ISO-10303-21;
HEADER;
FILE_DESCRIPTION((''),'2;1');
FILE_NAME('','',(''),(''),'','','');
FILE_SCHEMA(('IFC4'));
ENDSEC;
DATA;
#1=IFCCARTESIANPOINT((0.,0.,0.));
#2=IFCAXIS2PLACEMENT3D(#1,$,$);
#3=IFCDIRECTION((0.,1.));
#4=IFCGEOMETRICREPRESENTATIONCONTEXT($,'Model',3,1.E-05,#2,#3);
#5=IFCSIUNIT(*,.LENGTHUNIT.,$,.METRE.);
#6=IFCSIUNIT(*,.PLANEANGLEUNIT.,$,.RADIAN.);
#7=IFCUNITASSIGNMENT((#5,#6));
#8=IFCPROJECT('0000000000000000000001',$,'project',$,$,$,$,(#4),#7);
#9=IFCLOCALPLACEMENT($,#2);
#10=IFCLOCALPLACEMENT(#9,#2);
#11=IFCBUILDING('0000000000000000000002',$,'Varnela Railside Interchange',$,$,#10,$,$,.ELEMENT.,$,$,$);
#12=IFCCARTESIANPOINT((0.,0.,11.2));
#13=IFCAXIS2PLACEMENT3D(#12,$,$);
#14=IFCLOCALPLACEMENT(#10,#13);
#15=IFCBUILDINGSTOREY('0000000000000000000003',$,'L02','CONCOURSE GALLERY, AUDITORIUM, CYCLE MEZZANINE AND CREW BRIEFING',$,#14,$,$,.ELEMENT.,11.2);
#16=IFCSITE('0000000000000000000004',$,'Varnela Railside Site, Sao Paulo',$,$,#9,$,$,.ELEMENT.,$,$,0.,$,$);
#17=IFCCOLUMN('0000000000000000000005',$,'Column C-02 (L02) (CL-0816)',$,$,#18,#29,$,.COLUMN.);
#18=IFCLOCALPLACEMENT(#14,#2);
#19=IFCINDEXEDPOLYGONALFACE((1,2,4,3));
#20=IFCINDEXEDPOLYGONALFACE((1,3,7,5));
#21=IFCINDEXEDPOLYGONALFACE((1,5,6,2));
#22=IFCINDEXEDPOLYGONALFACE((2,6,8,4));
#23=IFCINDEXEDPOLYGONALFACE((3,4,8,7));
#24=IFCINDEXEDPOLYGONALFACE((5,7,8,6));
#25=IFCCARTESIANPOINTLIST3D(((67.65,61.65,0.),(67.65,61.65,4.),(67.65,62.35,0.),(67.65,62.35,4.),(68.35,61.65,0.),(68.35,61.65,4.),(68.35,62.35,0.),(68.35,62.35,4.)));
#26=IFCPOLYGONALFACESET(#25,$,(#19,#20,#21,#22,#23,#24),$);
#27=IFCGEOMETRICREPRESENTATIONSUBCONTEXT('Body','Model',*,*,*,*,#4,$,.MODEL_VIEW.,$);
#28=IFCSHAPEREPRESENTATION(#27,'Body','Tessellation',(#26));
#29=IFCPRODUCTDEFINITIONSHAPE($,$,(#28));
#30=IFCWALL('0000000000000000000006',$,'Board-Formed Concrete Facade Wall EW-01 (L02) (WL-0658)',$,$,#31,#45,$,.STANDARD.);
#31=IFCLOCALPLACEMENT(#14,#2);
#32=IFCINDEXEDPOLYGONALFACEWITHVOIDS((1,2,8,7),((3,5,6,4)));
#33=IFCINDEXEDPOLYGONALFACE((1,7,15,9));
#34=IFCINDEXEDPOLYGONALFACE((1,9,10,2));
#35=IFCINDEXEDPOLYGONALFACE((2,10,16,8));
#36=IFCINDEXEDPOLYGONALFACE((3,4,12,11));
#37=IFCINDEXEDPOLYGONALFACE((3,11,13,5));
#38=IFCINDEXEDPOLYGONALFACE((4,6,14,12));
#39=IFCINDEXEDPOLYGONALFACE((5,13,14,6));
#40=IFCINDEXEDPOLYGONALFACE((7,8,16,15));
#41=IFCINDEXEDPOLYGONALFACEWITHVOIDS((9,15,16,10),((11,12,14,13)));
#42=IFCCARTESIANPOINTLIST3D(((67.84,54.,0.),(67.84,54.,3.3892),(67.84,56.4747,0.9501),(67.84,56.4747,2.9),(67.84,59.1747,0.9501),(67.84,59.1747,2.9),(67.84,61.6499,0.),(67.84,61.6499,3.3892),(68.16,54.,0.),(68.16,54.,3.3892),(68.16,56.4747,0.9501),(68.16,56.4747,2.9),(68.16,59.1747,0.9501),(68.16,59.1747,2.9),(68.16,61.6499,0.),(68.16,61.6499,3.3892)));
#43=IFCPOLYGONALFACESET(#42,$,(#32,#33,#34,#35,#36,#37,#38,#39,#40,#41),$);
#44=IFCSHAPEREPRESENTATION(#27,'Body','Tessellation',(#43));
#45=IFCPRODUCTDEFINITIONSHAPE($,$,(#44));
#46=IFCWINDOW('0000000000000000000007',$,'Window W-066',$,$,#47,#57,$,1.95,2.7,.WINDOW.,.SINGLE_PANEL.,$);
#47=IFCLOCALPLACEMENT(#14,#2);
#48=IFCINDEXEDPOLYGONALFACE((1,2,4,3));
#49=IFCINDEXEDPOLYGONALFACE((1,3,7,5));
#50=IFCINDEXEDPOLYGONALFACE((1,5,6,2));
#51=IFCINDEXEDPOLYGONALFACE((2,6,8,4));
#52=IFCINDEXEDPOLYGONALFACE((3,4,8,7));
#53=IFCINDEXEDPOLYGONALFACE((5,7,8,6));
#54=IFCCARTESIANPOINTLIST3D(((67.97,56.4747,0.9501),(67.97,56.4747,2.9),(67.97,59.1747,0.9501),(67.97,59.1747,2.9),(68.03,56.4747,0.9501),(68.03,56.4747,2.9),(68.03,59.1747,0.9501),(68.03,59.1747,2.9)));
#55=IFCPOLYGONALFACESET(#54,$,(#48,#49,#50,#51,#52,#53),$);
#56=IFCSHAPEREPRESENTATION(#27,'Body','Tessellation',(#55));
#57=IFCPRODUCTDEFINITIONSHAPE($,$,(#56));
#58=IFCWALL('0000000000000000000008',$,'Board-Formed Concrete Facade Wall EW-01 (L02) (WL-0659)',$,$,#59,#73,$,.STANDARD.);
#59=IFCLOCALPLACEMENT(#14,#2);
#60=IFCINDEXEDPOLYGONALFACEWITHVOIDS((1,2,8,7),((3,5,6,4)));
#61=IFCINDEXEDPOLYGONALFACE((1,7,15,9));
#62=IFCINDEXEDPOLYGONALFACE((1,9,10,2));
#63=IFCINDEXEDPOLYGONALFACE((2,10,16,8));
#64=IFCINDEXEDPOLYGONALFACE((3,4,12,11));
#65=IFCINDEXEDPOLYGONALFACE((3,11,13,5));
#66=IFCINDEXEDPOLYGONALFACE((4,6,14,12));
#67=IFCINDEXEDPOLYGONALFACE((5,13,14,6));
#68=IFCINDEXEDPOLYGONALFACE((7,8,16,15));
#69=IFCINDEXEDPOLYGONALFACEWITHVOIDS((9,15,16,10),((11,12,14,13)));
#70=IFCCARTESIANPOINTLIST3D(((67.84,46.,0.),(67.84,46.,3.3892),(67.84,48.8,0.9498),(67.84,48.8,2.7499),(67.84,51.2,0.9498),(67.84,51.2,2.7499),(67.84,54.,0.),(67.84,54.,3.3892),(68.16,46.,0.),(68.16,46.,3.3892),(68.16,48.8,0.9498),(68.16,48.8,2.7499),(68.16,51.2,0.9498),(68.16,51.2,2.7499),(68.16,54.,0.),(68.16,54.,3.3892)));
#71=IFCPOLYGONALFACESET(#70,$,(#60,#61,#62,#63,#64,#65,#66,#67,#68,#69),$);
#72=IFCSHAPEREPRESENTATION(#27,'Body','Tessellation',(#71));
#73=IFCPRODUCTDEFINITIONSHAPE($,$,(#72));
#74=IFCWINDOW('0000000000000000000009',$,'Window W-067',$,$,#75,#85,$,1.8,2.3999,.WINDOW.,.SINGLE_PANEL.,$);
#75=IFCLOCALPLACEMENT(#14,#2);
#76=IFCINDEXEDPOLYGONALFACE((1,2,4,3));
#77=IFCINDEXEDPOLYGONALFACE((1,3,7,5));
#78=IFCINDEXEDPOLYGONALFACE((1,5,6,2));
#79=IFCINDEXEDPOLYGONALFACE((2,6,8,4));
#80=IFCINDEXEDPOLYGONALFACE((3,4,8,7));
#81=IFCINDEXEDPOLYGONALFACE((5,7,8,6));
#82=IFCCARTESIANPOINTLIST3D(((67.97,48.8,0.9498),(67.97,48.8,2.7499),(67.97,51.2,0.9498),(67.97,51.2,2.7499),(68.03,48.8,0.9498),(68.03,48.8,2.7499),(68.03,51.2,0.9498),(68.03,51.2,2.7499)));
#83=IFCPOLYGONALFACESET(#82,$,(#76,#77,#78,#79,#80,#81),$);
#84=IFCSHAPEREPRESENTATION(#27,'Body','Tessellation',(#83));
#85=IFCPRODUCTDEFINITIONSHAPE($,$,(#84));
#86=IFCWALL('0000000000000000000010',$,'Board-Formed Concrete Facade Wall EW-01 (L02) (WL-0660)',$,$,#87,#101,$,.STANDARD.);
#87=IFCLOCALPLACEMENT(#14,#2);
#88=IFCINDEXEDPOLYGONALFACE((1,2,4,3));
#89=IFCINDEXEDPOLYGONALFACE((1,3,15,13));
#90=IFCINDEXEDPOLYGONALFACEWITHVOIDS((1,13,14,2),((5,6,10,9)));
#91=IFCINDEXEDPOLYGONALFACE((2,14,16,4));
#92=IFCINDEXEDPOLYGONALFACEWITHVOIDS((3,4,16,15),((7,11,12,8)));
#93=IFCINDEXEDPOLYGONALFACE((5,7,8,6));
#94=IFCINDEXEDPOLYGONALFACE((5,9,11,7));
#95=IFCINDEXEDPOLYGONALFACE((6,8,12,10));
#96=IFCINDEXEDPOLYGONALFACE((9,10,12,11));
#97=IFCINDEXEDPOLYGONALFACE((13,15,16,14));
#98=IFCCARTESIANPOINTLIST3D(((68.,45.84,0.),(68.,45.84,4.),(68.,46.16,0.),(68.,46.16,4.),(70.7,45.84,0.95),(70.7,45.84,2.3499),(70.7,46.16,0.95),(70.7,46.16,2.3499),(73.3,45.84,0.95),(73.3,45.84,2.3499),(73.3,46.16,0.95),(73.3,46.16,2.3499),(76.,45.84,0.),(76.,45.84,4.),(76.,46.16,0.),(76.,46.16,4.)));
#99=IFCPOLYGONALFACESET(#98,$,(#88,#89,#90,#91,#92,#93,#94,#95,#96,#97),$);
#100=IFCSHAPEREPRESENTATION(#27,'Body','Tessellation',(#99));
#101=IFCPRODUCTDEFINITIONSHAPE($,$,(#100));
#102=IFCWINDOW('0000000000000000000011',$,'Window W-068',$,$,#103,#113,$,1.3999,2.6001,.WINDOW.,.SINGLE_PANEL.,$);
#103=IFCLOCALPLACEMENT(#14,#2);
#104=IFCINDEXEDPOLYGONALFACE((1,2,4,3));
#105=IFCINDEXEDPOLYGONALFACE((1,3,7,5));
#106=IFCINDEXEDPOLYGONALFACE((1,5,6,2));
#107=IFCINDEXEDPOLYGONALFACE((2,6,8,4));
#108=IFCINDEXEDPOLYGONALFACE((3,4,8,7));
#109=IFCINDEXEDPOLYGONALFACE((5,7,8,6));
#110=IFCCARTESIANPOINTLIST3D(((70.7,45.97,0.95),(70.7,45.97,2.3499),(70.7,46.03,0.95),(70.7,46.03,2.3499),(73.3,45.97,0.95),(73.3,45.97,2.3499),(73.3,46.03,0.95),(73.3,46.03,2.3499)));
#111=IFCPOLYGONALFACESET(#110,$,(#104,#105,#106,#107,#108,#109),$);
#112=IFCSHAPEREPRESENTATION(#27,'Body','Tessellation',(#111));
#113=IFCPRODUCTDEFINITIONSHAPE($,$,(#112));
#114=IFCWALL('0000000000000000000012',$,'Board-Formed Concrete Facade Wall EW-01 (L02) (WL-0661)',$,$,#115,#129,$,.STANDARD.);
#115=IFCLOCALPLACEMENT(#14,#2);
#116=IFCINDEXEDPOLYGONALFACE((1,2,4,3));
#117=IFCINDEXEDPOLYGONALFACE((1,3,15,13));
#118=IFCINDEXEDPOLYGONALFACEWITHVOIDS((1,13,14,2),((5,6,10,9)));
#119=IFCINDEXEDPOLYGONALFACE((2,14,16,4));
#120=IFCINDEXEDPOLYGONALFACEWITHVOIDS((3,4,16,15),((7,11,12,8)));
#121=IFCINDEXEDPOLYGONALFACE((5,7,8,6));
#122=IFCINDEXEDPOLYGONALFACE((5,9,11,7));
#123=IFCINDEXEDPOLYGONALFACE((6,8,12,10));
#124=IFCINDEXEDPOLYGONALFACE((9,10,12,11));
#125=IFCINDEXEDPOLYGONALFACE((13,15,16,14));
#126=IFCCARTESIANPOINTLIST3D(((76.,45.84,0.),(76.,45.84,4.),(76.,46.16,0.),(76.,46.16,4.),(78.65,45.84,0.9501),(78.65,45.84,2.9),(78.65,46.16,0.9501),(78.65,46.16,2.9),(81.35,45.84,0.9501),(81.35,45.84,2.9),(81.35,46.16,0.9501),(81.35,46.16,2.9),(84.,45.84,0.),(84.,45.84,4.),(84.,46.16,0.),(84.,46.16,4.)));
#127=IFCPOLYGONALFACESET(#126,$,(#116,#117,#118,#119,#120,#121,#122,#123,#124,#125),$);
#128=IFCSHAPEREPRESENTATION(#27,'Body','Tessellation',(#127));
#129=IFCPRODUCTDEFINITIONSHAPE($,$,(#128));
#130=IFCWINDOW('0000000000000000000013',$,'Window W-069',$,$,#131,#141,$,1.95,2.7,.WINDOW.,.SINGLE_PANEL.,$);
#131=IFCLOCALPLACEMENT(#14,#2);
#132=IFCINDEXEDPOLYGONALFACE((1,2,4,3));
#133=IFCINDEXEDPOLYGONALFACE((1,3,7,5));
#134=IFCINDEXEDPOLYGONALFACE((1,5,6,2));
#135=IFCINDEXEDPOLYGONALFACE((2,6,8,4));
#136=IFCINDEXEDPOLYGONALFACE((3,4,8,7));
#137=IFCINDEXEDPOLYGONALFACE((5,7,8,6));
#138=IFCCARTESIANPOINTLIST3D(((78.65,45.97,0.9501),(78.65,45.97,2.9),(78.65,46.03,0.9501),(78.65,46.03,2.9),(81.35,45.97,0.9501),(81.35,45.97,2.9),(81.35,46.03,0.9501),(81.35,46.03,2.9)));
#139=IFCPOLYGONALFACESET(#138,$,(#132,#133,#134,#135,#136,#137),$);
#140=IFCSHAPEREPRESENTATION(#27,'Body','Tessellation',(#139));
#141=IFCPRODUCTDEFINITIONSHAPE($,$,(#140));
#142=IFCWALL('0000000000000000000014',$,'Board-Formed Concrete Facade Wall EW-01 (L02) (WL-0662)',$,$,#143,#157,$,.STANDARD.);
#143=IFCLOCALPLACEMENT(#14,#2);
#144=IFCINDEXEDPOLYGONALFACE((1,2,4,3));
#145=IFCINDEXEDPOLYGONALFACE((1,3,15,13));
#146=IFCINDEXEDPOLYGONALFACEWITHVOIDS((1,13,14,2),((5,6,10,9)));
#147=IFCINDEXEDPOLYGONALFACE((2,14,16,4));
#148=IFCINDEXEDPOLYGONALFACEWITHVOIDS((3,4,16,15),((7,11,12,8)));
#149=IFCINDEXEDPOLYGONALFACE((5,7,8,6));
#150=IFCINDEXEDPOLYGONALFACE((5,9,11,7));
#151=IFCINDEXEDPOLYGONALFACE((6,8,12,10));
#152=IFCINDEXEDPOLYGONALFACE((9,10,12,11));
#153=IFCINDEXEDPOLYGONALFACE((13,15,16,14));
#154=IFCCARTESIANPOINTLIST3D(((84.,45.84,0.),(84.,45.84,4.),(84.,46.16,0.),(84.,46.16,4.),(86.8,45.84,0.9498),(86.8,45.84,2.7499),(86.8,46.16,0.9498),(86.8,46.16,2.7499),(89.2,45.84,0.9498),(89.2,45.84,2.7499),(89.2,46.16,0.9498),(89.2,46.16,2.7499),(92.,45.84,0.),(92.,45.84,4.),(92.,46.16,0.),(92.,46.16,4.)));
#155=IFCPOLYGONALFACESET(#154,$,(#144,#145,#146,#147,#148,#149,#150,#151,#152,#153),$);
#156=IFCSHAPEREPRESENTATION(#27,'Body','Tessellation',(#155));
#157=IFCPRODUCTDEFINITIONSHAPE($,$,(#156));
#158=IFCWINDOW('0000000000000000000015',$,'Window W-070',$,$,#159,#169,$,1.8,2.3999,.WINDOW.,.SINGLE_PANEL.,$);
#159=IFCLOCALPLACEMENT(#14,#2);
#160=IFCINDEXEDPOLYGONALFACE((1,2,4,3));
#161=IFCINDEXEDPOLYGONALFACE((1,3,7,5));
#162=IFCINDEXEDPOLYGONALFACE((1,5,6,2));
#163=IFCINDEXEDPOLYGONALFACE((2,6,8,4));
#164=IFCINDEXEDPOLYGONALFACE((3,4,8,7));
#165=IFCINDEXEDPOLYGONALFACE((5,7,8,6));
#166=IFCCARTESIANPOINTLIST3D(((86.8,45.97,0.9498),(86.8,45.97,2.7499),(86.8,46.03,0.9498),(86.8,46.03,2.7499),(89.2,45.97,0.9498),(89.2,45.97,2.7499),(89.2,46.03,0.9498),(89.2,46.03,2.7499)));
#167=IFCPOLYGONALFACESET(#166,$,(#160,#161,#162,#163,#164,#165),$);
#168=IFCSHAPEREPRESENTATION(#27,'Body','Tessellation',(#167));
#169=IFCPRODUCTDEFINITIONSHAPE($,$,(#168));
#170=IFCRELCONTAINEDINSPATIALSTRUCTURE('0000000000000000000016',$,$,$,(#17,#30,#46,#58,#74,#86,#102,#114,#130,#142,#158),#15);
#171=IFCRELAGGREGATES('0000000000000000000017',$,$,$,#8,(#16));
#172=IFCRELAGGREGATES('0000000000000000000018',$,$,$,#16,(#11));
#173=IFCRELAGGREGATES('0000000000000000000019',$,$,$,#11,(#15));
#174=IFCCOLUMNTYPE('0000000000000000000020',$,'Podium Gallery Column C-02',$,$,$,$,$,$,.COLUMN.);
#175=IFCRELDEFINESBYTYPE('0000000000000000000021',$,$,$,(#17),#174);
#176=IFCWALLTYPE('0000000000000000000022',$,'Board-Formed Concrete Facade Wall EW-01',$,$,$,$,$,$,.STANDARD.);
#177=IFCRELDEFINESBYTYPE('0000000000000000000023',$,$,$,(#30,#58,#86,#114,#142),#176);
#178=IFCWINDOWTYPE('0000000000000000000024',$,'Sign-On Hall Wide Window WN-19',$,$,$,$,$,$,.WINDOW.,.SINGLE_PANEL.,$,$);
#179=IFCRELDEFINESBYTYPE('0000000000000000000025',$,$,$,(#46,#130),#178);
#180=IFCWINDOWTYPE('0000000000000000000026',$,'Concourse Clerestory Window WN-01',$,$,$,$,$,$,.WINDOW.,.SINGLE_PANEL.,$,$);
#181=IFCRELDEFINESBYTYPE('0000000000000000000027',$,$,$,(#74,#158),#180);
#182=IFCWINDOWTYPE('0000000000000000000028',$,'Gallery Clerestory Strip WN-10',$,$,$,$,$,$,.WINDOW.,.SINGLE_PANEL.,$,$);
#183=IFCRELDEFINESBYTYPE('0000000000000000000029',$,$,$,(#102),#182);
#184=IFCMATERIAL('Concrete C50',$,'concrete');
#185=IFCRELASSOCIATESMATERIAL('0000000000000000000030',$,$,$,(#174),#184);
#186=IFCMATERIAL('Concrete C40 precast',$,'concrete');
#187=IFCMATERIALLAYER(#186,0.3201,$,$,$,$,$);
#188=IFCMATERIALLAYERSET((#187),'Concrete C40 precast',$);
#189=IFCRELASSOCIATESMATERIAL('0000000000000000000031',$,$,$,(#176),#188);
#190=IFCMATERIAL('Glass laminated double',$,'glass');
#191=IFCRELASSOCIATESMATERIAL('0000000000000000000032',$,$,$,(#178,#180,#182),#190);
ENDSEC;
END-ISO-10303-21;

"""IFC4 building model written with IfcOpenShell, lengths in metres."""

from ifc_helpers import new_model, si_unit, direction, frame, frame_2d, origin, origin_2d, place, context, subcontext, project, spatial, rectangle, extrude, material, layer, layer_set, material_profile, profile_set, type_object, element, fill, save


model = new_model("IFC4")

# Units and contexts
model_context = context("Model", 3, precision=1e-05, world=origin(), true_north=direction((0.0, 1.0)))
body_context = subcontext(model_context, "Body", "Model", "MODEL_VIEW")
ifc_project = project(units=[si_unit("LENGTHUNIT", "METRE"), si_unit("PLANEANGLEUNIT", "RADIAN")], contexts=[model_context])

# Site, building, storey
site_placement = place(None, origin())
site = spatial("IfcSite", under=ifc_project, at=site_placement, Name="Varnela Railside Site, Sao Paulo", CompositionType="ELEMENT", RefElevation=0.0)
building_placement = place(site_placement, origin())
building = spatial("IfcBuilding", under=site, at=building_placement, Name="Varnela Railside Interchange", CompositionType="ELEMENT")
storey_placement = place(building_placement, frame((0.0, 0.0, 11.2)))
storey = spatial("IfcBuildingStorey", under=building, at=storey_placement, Name="L02", Description="CONCOURSE GALLERY, AUDITORIUM, CYCLE MEZZANINE AND CREW BRIEFING", CompositionType="ELEMENT", Elevation=11.2)

# Column
ifc_material_1 = material(Name="Concrete C50", Category="concrete")
ifc_material_profile = material_profile(ifc_material_1, rectangle(XDim=0.7, YDim=0.7, at=origin_2d()), Name="RC 700x700")
ifc_profile_set = profile_set([ifc_material_profile], Name="Concrete C50")
column_type = type_object("IfcColumnType", Name="Podium Gallery Column C-02", PredefinedType="COLUMN", material=ifc_profile_set)
column_placement = place(storey_placement, frame((68.0, 62.0, 0.0), z_axis=(0.0, 0.0, 1.0), x_axis=(1.0, 0.0, 0.0)))
element("IfcColumn", 1, at=column_placement, inside=storey, type_object=column_type, Name="Column C-02 (L02) (CL-0816)", PredefinedType="COLUMN", context=body_context, shape_type="SweptSolid", body=[
    extrude(rectangle(XDim=0.7, YDim=0.7, at=origin_2d()), origin(), (0.0, 0.0, 1.0), 4.0),
])

# Walls, openings, windows
ifc_material_2 = material(Name="Concrete C40 precast", Category="concrete")
ifc_layer_1 = layer(ifc_material_2, 0.3201)
ifc_layer_set_1 = layer_set([ifc_layer_1], Name="Concrete C40 precast")
wall_type_1 = type_object("IfcWallType", Name="Board-Formed Concrete Facade Wall EW-01", PredefinedType="STANDARD", material=ifc_layer_set_1)
wall_1_placement = place(storey_placement, frame((68.0, 61.6499, 0.0), z_axis=(0.0, 0.0, 1.0), x_axis=(0.0, -1.0, 0.0)))
wall_1 = element("IfcWall", 2, at=wall_1_placement, inside=storey, type_object=wall_type_1, Name="Board-Formed Concrete Facade Wall EW-01 (L02) (WL-0658)", PredefinedType="STANDARD", context=body_context, shape_type="SweptSolid", body=[
    extrude(rectangle(XDim=7.6499, YDim=0.3201, at=frame_2d((3.825, 0.0))), origin(), (0.0, 0.0, 1.0), 3.3892),
])
opening_1_placement = place(wall_1_placement, frame((2.4751, 0.0, 0.95)))
opening_1 = element("IfcOpeningElement", 3, at=opening_1_placement, cuts=wall_1, PredefinedType="OPENING", context=body_context, shape_type="SweptSolid", body=[
    extrude(rectangle(XDim=2.7, YDim=1.95, at=frame_2d((1.3501, 0.9751))), frame((0.0, 0.1699, 0.0), z_axis=(0.0, -1.0, 0.0), x_axis=(1.0, 0.0, 0.0)), (0.0, 0.0, 1.0), 0.3401),
])
ifc_material_3 = material(Name="Glass laminated double", Category="glass")
window_type_1 = type_object("IfcWindowType", Name="Sign-On Hall Wide Window WN-19", PartitioningType="SINGLE_PANEL", PredefinedType="WINDOW", material=ifc_material_3)
window_1_placement = place(opening_1_placement, origin())
window_1 = element("IfcWindow", 4, at=window_1_placement, inside=storey, type_object=window_type_1, Name="Window W-066", OverallHeight=1.95, OverallWidth=2.7, PartitioningType="SINGLE_PANEL", PredefinedType="WINDOW", context=body_context, shape_type="SweptSolid", body=[
    extrude(rectangle(XDim=2.7, YDim=1.95, at=frame_2d((1.3501, 0.9751))), frame((0.0, 0.03, 0.0), z_axis=(0.0, -1.0, 0.0), x_axis=(1.0, 0.0, 0.0)), (0.0, 0.0, 1.0), 0.0601),
])
fill(opening_1, window_1)
wall_2_placement = place(storey_placement, frame((68.0, 54.0, 0.0), z_axis=(0.0, 0.0, 1.0), x_axis=(0.0, -1.0, 0.0)))
wall_2 = element("IfcWall", 5, at=wall_2_placement, inside=storey, type_object=wall_type_1, Name="Board-Formed Concrete Facade Wall EW-01 (L02) (WL-0659)", PredefinedType="STANDARD", context=body_context, shape_type="SweptSolid", body=[
    extrude(rectangle(XDim=8.0, YDim=0.3201, at=frame_2d((4.0, 0.0))), origin(), (0.0, 0.0, 1.0), 3.3892),
])
opening_2_placement = place(wall_2_placement, frame((2.8, 0.0, 0.95)))
opening_2 = element("IfcOpeningElement", 6, at=opening_2_placement, cuts=wall_2, PredefinedType="OPENING", context=body_context, shape_type="SweptSolid", body=[
    extrude(rectangle(XDim=2.3999, YDim=1.8, at=frame_2d((1.2, 0.8999))), frame((0.0, 0.1699, 0.0), z_axis=(0.0, -1.0, 0.0), x_axis=(1.0, 0.0, 0.0)), (0.0, 0.0, 1.0), 0.3401),
])
window_type_2 = type_object("IfcWindowType", Name="Concourse Clerestory Window WN-01", PartitioningType="SINGLE_PANEL", PredefinedType="WINDOW", material=ifc_material_3)
window_2_placement = place(opening_2_placement, origin())
window_2 = element("IfcWindow", 7, at=window_2_placement, inside=storey, type_object=window_type_2, Name="Window W-067", OverallHeight=1.8, OverallWidth=2.3999, PartitioningType="SINGLE_PANEL", PredefinedType="WINDOW", context=body_context, shape_type="SweptSolid", body=[
    extrude(rectangle(XDim=2.3999, YDim=1.8, at=frame_2d((1.2, 0.8999))), frame((0.0, 0.03, 0.0), z_axis=(0.0, -1.0, 0.0), x_axis=(1.0, 0.0, 0.0)), (0.0, 0.0, 1.0), 0.0601),
])
fill(opening_2, window_2)
wall_3_placement = place(storey_placement, frame((68.0, 46.0, 0.0), z_axis=(0.0, 0.0, 1.0), x_axis=(1.0, 0.0, 0.0)))
wall_3 = element("IfcWall", 8, at=wall_3_placement, inside=storey, type_object=wall_type_1, Name="Board-Formed Concrete Facade Wall EW-01 (L02) (WL-0660)", PredefinedType="STANDARD", context=body_context, shape_type="SweptSolid", body=[
    extrude(rectangle(XDim=8.0, YDim=0.3201, at=frame_2d((4.0, 0.0))), origin(), (0.0, 0.0, 1.0), 4.0),
])
opening_3_placement = place(wall_3_placement, frame((2.7, 0.0, 0.95)))
opening_3 = element("IfcOpeningElement", 9, at=opening_3_placement, cuts=wall_3, PredefinedType="OPENING", context=body_context, shape_type="SweptSolid", body=[
    extrude(rectangle(XDim=2.6001, YDim=1.3999, at=frame_2d((1.3, 0.7))), frame((0.0, 0.1699, 0.0), z_axis=(0.0, -1.0, 0.0), x_axis=(1.0, 0.0, 0.0)), (0.0, 0.0, 1.0), 0.3401),
])
window_type_3 = type_object("IfcWindowType", Name="Gallery Clerestory Strip WN-10", PartitioningType="SINGLE_PANEL", PredefinedType="WINDOW", material=ifc_material_3)
window_3_placement = place(opening_3_placement, origin())
window_3 = element("IfcWindow", 10, at=window_3_placement, inside=storey, type_object=window_type_3, Name="Window W-068", OverallHeight=1.3999, OverallWidth=2.6001, PartitioningType="SINGLE_PANEL", PredefinedType="WINDOW", context=body_context, shape_type="SweptSolid", body=[
    extrude(rectangle(XDim=2.6001, YDim=1.3999, at=frame_2d((1.3, 0.7))), frame((0.0, 0.03, 0.0), z_axis=(0.0, -1.0, 0.0), x_axis=(1.0, 0.0, 0.0)), (0.0, 0.0, 1.0), 0.0601),
])
fill(opening_3, window_3)
wall_4_placement = place(storey_placement, frame((76.0, 46.0, 0.0), z_axis=(0.0, 0.0, 1.0), x_axis=(1.0, 0.0, 0.0)))
wall_4 = element("IfcWall", 11, at=wall_4_placement, inside=storey, type_object=wall_type_1, Name="Board-Formed Concrete Facade Wall EW-01 (L02) (WL-0661)", PredefinedType="STANDARD", context=body_context, shape_type="SweptSolid", body=[
    extrude(rectangle(XDim=8.0, YDim=0.3201, at=frame_2d((4.0, 0.0))), origin(), (0.0, 0.0, 1.0), 4.0),
])
opening_4_placement = place(wall_4_placement, frame((2.6499, 0.0, 0.95)))
opening_4 = element("IfcOpeningElement", 12, at=opening_4_placement, cuts=wall_4, PredefinedType="OPENING", context=body_context, shape_type="SweptSolid", body=[
    extrude(rectangle(XDim=2.7, YDim=1.95, at=frame_2d((1.3501, 0.9751))), frame((0.0, 0.1699, 0.0), z_axis=(0.0, -1.0, 0.0), x_axis=(1.0, 0.0, 0.0)), (0.0, 0.0, 1.0), 0.3401),
])
window_4_placement = place(opening_4_placement, origin())
window_4 = element("IfcWindow", 13, at=window_4_placement, inside=storey, type_object=window_type_1, Name="Window W-069", OverallHeight=1.95, OverallWidth=2.7, PartitioningType="SINGLE_PANEL", PredefinedType="WINDOW", context=body_context, shape_type="SweptSolid", body=[
    extrude(rectangle(XDim=2.7, YDim=1.95, at=frame_2d((1.3501, 0.9751))), frame((0.0, 0.03, 0.0), z_axis=(0.0, -1.0, 0.0), x_axis=(1.0, 0.0, 0.0)), (0.0, 0.0, 1.0), 0.0601),
])
fill(opening_4, window_4)
wall_5_placement = place(storey_placement, frame((84.0, 46.0, 0.0), z_axis=(0.0, 0.0, 1.0), x_axis=(1.0, 0.0, 0.0)))
wall_5 = element("IfcWall", 14, at=wall_5_placement, inside=storey, type_object=wall_type_1, Name="Board-Formed Concrete Facade Wall EW-01 (L02) (WL-0662)", PredefinedType="STANDARD", context=body_context, shape_type="SweptSolid", body=[
    extrude(rectangle(XDim=8.0, YDim=0.3201, at=frame_2d((4.0, 0.0))), origin(), (0.0, 0.0, 1.0), 4.0),
])
opening_5_placement = place(wall_5_placement, frame((2.8, 0.0, 0.95)))
opening_5 = element("IfcOpeningElement", 15, at=opening_5_placement, cuts=wall_5, PredefinedType="OPENING", context=body_context, shape_type="SweptSolid", body=[
    extrude(rectangle(XDim=2.3999, YDim=1.8, at=frame_2d((1.2, 0.8999))), frame((0.0, 0.1699, 0.0), z_axis=(0.0, -1.0, 0.0), x_axis=(1.0, 0.0, 0.0)), (0.0, 0.0, 1.0), 0.3401),
])
window_5_placement = place(opening_5_placement, origin())
window_5 = element("IfcWindow", 16, at=window_5_placement, inside=storey, type_object=window_type_2, Name="Window W-070", OverallHeight=1.8, OverallWidth=2.3999, PartitioningType="SINGLE_PANEL", PredefinedType="WINDOW", context=body_context, shape_type="SweptSolid", body=[
    extrude(rectangle(XDim=2.3999, YDim=1.8, at=frame_2d((1.2, 0.8999))), frame((0.0, 0.03, 0.0), z_axis=(0.0, -1.0, 0.0), x_axis=(1.0, 0.0, 0.0)), (0.0, 0.0, 1.0), 0.0601),
])
fill(opening_5, window_5)

save(model, "model.ifc")
